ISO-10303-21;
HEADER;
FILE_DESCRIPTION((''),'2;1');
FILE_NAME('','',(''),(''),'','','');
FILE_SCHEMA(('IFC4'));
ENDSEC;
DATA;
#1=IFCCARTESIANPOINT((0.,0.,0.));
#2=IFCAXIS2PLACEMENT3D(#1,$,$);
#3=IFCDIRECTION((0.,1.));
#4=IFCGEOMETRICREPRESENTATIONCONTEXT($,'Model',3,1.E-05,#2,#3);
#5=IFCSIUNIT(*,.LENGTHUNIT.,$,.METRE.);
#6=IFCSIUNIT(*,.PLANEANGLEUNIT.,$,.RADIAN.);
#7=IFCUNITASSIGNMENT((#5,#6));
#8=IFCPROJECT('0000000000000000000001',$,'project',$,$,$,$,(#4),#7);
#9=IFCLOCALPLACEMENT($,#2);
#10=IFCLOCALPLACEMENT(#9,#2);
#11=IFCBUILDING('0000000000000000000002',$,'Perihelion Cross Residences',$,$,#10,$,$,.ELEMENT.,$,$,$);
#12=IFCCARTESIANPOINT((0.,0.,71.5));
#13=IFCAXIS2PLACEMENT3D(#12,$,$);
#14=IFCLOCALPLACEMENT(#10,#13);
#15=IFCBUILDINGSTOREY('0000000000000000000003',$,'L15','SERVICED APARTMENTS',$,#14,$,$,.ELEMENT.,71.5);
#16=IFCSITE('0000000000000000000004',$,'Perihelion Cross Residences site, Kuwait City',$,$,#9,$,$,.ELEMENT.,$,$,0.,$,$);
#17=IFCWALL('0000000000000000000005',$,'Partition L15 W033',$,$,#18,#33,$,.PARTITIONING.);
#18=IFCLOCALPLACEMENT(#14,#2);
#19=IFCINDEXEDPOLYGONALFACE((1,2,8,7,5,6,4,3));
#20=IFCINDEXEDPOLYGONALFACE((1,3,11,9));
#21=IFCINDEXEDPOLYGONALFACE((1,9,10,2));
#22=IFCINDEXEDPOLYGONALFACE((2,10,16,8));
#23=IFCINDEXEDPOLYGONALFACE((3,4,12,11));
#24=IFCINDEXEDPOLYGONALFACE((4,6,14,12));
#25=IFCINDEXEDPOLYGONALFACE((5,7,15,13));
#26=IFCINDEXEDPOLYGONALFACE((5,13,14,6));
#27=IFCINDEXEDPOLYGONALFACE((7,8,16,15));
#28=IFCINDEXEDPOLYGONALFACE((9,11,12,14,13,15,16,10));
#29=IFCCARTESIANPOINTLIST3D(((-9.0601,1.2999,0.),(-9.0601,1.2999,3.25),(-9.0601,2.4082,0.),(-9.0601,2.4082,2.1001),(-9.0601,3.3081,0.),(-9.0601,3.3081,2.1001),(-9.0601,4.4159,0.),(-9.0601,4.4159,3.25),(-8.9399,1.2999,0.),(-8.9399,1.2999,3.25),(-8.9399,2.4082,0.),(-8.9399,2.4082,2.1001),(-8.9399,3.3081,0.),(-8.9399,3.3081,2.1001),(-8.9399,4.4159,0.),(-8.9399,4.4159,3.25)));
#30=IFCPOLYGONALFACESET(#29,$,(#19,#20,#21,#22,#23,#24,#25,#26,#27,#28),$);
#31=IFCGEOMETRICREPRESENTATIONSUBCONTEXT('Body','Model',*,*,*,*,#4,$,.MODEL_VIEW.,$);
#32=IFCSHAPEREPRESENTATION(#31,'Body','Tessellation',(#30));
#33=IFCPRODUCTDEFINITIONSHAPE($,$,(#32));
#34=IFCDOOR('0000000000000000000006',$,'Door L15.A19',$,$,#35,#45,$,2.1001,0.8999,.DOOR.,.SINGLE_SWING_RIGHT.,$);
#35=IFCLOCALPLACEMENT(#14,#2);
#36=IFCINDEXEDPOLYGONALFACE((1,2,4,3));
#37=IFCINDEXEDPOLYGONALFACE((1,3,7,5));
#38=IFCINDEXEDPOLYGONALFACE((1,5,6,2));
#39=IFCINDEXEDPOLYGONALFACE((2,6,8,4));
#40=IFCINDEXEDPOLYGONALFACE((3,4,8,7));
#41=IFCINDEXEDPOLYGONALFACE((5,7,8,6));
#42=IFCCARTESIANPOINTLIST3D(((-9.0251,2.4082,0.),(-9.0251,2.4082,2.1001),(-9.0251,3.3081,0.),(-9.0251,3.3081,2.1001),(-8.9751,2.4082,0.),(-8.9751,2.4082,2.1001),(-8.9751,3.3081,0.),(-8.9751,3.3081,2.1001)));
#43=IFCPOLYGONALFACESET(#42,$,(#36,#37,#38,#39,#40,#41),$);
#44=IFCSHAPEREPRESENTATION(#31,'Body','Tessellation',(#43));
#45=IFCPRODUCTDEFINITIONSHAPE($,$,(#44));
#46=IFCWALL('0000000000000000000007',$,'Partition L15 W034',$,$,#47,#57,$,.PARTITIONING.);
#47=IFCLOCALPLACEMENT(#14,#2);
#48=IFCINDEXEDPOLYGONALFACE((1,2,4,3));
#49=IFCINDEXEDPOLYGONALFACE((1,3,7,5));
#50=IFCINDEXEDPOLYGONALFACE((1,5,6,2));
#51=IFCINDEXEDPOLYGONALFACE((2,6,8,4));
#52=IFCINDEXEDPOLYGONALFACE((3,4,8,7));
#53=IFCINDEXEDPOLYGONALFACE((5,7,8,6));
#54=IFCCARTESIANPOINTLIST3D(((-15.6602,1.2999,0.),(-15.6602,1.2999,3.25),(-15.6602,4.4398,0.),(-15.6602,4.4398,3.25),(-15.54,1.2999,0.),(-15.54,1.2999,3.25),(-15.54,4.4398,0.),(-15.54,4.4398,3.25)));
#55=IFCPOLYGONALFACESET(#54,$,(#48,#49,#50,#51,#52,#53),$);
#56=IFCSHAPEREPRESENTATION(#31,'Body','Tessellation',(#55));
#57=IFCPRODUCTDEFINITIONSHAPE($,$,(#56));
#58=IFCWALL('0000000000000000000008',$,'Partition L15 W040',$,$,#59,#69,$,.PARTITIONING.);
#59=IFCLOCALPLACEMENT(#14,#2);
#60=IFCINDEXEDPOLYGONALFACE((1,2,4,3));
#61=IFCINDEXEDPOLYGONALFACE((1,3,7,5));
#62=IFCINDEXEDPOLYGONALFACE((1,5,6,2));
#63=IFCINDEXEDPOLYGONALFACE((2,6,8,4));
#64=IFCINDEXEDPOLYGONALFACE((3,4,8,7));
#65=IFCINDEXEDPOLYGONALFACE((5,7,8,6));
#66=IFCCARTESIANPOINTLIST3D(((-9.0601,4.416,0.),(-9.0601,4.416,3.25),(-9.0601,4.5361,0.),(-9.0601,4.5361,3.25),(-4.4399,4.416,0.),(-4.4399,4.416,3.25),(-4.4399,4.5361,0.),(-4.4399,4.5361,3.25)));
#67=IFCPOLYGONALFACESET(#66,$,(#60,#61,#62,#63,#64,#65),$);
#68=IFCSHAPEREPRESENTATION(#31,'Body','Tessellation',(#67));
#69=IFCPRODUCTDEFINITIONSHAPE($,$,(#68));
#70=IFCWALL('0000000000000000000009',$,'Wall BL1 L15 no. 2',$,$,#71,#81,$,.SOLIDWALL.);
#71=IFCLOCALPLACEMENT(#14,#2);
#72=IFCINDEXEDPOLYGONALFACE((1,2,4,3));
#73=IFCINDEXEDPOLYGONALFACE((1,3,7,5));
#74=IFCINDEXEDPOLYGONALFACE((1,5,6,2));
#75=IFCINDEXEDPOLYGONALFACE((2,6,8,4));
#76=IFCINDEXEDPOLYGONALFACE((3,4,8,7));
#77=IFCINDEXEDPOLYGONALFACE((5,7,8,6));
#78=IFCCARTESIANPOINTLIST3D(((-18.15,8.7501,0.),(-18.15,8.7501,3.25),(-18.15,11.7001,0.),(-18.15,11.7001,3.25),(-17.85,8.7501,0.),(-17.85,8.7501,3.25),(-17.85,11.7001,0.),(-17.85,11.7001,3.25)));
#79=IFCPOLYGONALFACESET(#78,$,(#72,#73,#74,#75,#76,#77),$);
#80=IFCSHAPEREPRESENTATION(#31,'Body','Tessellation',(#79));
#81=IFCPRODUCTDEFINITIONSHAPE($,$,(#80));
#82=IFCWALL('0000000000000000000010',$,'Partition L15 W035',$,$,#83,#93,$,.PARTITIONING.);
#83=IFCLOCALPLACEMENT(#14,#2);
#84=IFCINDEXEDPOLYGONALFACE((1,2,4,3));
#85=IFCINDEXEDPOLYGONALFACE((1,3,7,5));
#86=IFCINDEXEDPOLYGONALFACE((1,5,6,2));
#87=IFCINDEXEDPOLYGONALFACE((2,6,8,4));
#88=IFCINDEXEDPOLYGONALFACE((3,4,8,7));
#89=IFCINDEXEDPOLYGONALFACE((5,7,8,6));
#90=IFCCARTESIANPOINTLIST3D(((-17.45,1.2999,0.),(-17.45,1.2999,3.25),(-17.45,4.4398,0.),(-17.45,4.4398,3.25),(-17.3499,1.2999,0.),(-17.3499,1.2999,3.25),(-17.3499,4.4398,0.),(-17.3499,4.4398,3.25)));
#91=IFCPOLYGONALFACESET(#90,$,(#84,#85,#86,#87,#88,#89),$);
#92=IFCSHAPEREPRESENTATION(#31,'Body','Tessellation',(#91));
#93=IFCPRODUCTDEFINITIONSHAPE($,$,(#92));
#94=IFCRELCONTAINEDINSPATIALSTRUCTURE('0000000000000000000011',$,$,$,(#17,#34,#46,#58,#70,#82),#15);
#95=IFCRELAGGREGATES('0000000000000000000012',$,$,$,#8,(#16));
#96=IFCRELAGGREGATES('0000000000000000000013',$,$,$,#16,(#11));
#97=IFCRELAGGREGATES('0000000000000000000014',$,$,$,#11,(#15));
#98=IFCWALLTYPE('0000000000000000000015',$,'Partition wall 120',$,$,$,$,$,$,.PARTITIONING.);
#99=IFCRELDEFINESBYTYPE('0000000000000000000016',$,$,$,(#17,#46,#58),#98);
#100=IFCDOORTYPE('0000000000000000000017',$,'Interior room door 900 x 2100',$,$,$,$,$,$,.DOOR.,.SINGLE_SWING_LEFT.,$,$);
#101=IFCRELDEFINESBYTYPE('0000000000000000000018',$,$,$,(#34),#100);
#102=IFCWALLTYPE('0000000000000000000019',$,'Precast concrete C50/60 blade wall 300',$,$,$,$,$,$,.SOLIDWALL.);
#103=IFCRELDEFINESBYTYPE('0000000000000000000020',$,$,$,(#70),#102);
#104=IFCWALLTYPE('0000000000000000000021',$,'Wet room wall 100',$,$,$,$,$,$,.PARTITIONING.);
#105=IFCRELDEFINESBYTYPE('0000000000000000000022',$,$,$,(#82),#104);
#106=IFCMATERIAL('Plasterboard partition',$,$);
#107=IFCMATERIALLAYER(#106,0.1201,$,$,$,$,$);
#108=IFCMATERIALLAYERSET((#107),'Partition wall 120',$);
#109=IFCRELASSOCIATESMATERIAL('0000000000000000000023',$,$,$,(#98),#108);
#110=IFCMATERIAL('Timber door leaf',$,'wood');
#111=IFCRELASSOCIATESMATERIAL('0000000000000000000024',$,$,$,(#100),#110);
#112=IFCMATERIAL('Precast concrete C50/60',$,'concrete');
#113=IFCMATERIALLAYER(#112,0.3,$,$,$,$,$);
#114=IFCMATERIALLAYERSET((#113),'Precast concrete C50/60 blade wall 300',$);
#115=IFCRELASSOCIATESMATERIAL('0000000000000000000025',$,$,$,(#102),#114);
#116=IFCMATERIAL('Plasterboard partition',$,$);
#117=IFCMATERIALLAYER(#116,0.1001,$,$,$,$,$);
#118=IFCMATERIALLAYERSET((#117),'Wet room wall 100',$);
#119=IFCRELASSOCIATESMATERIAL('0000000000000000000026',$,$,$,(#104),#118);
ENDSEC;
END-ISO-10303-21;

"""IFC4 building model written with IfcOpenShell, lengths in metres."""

from ifc_helpers import new_model, si_unit, direction, frame, frame_2d, origin, place, context, subcontext, project, spatial, rectangle, extrude, material, layer, layer_set, type_object, element, fill, save


model = new_model("IFC4")

# Units and contexts
model_context = context("Model", 3, precision=1e-05, world=origin(), true_north=direction((0.0, 1.0)))
body_context = subcontext(model_context, "Body", "Model", "MODEL_VIEW")
ifc_project = project(units=[si_unit("LENGTHUNIT", "METRE"), si_unit("PLANEANGLEUNIT", "RADIAN")], contexts=[model_context])

# Site, building, storey
site_placement = place(None, origin())
site = spatial("IfcSite", under=ifc_project, at=site_placement, Name="Perihelion Cross Residences site, Kuwait City", CompositionType="ELEMENT", RefElevation=0.0)
building_placement = place(site_placement, origin())
building = spatial("IfcBuilding", under=site, at=building_placement, Name="Perihelion Cross Residences", CompositionType="ELEMENT")
storey_placement = place(building_placement, frame((0.0, 0.0, 71.5)))
storey = spatial("IfcBuildingStorey", under=building, at=storey_placement, Name="L15", Description="SERVICED APARTMENTS", CompositionType="ELEMENT", Elevation=71.5)

# Shared definitions
ifc_material_1 = material(Name="Plasterboard partition")
ifc_layer_1 = layer(ifc_material_1, 0.1201)
ifc_layer_set_1 = layer_set([ifc_layer_1], Name="Partition wall 120")
wall_type_1 = type_object("IfcWallType", Name="Partition wall 120", PredefinedType="PARTITIONING", material=ifc_layer_set_1)
ifc_material_2 = material(Name="Timber door leaf", Category="wood")
door_type_1 = type_object("IfcDoorType", Name="Interior room door 900 x 2100", OperationType="SINGLE_SWING_LEFT", PredefinedType="DOOR", material=ifc_material_2)

# Wall, opening, door
wall_1_placement = place(storey_placement, frame((-9.0, 4.416, 0.0), z_axis=(0.0, 0.0, 1.0), x_axis=(0.0, -1.0, 0.0)))
wall_1 = element("IfcWall", 1, at=wall_1_placement, inside=storey, type_object=wall_type_1, Name="Partition L15 W033", PredefinedType="PARTITIONING", context=body_context, shape_type="SweptSolid", body=[
    extrude(rectangle(XDim=3.116, YDim=0.1201, at=frame_2d((1.5581, 0.0))), origin(), (0.0, 0.0, 1.0), 3.25),
])
opening_1_placement = place(wall_1_placement, frame((1.1079, 0.0, 0.0)))
opening_1 = element("IfcOpeningElement", 2, at=opening_1_placement, cuts=wall_1, PredefinedType="OPENING", context=body_context, shape_type="SweptSolid", body=[
    extrude(rectangle(XDim=0.8999, YDim=2.1001, at=frame_2d((0.45, 1.05))), frame((0.0, 0.0701, 0.0), z_axis=(0.0, -1.0, 0.0), x_axis=(1.0, 0.0, 0.0)), (0.0, 0.0, 1.0), 0.1401),
])
door_1_placement = place(opening_1_placement, origin())
door_1 = element("IfcDoor", 3, at=door_1_placement, inside=storey, type_object=door_type_1, Name="Door L15.A19", OperationType="SINGLE_SWING_RIGHT", OverallHeight=2.1001, OverallWidth=0.8999, PredefinedType="DOOR", context=body_context, shape_type="SweptSolid", body=[
    extrude(rectangle(XDim=0.8999, YDim=2.1001, at=frame_2d((0.45, 1.05))), frame((0.0, 0.0249, 0.0), z_axis=(0.0, -1.0, 0.0), x_axis=(1.0, 0.0, 0.0)), (0.0, 0.0, 1.0), 0.05),
])
fill(opening_1, door_1)

# Walls
wall_2_placement = place(storey_placement, frame((-15.6001, 1.3, 0.0), z_axis=(0.0, 0.0, 1.0), x_axis=(0.0, 1.0, 0.0)))
element("IfcWall", 4, at=wall_2_placement, inside=storey, type_object=wall_type_1, Name="Partition L15 W034", PredefinedType="PARTITIONING", context=body_context, shape_type="SweptSolid", body=[
    extrude(rectangle(XDim=3.1399, YDim=0.1201, at=frame_2d((1.5698, 0.0))), origin(), (0.0, 0.0, 1.0), 3.25),
])
wall_3_placement = place(storey_placement, frame((-9.0601, 4.4761, 0.0), z_axis=(0.0, 0.0, 1.0), x_axis=(1.0, 0.0, 0.0)))
element("IfcWall", 5, at=wall_3_placement, inside=storey, type_object=wall_type_1, Name="Partition L15 W040", PredefinedType="PARTITIONING", context=body_context, shape_type="SweptSolid", body=[
    extrude(rectangle(XDim=4.6201, YDim=0.1201, at=frame_2d((2.3101, 0.0))), origin(), (0.0, 0.0, 1.0), 3.25),
])
ifc_material_3 = material(Name="Precast concrete C50/60", Category="concrete")
ifc_layer_2 = layer(ifc_material_3, 0.3)
ifc_layer_set_2 = layer_set([ifc_layer_2], Name="Precast concrete C50/60 blade wall 300")
wall_type_2 = type_object("IfcWallType", Name="Precast concrete C50/60 blade wall 300", PredefinedType="SOLIDWALL", material=ifc_layer_set_2)
wall_4_placement = place(storey_placement, frame((-18.0, 8.75, 0.0), z_axis=(0.0, 0.0, 1.0), x_axis=(0.0, 1.0, 0.0)))
element("IfcWall", 6, at=wall_4_placement, inside=storey, type_object=wall_type_2, Name="Wall BL1 L15 no. 2", PredefinedType="SOLIDWALL", context=body_context, shape_type="SweptSolid", body=[
    extrude(rectangle(XDim=2.95, YDim=0.3, at=frame_2d((1.4751, 0.0))), origin(), (0.0, 0.0, 1.0), 3.25),
])
ifc_material_4 = material(Name="Plasterboard partition")
ifc_layer_3 = layer(ifc_material_4, 0.1001)
ifc_layer_set_3 = layer_set([ifc_layer_3], Name="Wet room wall 100")
wall_type_3 = type_object("IfcWallType", Name="Wet room wall 100", PredefinedType="PARTITIONING", material=ifc_layer_set_3)
wall_5_placement = place(storey_placement, frame((-17.3999, 1.3, 0.0), z_axis=(0.0, 0.0, 1.0), x_axis=(0.0, 1.0, 0.0)))
element("IfcWall", 7, at=wall_5_placement, inside=storey, type_object=wall_type_3, Name="Partition L15 W035", PredefinedType="PARTITIONING", context=body_context, shape_type="SweptSolid", body=[
    extrude(rectangle(XDim=3.1399, YDim=0.1001, at=frame_2d((1.5698, 0.0))), origin(), (0.0, 0.0, 1.0), 3.25),
])

save(model, "model.ifc")
